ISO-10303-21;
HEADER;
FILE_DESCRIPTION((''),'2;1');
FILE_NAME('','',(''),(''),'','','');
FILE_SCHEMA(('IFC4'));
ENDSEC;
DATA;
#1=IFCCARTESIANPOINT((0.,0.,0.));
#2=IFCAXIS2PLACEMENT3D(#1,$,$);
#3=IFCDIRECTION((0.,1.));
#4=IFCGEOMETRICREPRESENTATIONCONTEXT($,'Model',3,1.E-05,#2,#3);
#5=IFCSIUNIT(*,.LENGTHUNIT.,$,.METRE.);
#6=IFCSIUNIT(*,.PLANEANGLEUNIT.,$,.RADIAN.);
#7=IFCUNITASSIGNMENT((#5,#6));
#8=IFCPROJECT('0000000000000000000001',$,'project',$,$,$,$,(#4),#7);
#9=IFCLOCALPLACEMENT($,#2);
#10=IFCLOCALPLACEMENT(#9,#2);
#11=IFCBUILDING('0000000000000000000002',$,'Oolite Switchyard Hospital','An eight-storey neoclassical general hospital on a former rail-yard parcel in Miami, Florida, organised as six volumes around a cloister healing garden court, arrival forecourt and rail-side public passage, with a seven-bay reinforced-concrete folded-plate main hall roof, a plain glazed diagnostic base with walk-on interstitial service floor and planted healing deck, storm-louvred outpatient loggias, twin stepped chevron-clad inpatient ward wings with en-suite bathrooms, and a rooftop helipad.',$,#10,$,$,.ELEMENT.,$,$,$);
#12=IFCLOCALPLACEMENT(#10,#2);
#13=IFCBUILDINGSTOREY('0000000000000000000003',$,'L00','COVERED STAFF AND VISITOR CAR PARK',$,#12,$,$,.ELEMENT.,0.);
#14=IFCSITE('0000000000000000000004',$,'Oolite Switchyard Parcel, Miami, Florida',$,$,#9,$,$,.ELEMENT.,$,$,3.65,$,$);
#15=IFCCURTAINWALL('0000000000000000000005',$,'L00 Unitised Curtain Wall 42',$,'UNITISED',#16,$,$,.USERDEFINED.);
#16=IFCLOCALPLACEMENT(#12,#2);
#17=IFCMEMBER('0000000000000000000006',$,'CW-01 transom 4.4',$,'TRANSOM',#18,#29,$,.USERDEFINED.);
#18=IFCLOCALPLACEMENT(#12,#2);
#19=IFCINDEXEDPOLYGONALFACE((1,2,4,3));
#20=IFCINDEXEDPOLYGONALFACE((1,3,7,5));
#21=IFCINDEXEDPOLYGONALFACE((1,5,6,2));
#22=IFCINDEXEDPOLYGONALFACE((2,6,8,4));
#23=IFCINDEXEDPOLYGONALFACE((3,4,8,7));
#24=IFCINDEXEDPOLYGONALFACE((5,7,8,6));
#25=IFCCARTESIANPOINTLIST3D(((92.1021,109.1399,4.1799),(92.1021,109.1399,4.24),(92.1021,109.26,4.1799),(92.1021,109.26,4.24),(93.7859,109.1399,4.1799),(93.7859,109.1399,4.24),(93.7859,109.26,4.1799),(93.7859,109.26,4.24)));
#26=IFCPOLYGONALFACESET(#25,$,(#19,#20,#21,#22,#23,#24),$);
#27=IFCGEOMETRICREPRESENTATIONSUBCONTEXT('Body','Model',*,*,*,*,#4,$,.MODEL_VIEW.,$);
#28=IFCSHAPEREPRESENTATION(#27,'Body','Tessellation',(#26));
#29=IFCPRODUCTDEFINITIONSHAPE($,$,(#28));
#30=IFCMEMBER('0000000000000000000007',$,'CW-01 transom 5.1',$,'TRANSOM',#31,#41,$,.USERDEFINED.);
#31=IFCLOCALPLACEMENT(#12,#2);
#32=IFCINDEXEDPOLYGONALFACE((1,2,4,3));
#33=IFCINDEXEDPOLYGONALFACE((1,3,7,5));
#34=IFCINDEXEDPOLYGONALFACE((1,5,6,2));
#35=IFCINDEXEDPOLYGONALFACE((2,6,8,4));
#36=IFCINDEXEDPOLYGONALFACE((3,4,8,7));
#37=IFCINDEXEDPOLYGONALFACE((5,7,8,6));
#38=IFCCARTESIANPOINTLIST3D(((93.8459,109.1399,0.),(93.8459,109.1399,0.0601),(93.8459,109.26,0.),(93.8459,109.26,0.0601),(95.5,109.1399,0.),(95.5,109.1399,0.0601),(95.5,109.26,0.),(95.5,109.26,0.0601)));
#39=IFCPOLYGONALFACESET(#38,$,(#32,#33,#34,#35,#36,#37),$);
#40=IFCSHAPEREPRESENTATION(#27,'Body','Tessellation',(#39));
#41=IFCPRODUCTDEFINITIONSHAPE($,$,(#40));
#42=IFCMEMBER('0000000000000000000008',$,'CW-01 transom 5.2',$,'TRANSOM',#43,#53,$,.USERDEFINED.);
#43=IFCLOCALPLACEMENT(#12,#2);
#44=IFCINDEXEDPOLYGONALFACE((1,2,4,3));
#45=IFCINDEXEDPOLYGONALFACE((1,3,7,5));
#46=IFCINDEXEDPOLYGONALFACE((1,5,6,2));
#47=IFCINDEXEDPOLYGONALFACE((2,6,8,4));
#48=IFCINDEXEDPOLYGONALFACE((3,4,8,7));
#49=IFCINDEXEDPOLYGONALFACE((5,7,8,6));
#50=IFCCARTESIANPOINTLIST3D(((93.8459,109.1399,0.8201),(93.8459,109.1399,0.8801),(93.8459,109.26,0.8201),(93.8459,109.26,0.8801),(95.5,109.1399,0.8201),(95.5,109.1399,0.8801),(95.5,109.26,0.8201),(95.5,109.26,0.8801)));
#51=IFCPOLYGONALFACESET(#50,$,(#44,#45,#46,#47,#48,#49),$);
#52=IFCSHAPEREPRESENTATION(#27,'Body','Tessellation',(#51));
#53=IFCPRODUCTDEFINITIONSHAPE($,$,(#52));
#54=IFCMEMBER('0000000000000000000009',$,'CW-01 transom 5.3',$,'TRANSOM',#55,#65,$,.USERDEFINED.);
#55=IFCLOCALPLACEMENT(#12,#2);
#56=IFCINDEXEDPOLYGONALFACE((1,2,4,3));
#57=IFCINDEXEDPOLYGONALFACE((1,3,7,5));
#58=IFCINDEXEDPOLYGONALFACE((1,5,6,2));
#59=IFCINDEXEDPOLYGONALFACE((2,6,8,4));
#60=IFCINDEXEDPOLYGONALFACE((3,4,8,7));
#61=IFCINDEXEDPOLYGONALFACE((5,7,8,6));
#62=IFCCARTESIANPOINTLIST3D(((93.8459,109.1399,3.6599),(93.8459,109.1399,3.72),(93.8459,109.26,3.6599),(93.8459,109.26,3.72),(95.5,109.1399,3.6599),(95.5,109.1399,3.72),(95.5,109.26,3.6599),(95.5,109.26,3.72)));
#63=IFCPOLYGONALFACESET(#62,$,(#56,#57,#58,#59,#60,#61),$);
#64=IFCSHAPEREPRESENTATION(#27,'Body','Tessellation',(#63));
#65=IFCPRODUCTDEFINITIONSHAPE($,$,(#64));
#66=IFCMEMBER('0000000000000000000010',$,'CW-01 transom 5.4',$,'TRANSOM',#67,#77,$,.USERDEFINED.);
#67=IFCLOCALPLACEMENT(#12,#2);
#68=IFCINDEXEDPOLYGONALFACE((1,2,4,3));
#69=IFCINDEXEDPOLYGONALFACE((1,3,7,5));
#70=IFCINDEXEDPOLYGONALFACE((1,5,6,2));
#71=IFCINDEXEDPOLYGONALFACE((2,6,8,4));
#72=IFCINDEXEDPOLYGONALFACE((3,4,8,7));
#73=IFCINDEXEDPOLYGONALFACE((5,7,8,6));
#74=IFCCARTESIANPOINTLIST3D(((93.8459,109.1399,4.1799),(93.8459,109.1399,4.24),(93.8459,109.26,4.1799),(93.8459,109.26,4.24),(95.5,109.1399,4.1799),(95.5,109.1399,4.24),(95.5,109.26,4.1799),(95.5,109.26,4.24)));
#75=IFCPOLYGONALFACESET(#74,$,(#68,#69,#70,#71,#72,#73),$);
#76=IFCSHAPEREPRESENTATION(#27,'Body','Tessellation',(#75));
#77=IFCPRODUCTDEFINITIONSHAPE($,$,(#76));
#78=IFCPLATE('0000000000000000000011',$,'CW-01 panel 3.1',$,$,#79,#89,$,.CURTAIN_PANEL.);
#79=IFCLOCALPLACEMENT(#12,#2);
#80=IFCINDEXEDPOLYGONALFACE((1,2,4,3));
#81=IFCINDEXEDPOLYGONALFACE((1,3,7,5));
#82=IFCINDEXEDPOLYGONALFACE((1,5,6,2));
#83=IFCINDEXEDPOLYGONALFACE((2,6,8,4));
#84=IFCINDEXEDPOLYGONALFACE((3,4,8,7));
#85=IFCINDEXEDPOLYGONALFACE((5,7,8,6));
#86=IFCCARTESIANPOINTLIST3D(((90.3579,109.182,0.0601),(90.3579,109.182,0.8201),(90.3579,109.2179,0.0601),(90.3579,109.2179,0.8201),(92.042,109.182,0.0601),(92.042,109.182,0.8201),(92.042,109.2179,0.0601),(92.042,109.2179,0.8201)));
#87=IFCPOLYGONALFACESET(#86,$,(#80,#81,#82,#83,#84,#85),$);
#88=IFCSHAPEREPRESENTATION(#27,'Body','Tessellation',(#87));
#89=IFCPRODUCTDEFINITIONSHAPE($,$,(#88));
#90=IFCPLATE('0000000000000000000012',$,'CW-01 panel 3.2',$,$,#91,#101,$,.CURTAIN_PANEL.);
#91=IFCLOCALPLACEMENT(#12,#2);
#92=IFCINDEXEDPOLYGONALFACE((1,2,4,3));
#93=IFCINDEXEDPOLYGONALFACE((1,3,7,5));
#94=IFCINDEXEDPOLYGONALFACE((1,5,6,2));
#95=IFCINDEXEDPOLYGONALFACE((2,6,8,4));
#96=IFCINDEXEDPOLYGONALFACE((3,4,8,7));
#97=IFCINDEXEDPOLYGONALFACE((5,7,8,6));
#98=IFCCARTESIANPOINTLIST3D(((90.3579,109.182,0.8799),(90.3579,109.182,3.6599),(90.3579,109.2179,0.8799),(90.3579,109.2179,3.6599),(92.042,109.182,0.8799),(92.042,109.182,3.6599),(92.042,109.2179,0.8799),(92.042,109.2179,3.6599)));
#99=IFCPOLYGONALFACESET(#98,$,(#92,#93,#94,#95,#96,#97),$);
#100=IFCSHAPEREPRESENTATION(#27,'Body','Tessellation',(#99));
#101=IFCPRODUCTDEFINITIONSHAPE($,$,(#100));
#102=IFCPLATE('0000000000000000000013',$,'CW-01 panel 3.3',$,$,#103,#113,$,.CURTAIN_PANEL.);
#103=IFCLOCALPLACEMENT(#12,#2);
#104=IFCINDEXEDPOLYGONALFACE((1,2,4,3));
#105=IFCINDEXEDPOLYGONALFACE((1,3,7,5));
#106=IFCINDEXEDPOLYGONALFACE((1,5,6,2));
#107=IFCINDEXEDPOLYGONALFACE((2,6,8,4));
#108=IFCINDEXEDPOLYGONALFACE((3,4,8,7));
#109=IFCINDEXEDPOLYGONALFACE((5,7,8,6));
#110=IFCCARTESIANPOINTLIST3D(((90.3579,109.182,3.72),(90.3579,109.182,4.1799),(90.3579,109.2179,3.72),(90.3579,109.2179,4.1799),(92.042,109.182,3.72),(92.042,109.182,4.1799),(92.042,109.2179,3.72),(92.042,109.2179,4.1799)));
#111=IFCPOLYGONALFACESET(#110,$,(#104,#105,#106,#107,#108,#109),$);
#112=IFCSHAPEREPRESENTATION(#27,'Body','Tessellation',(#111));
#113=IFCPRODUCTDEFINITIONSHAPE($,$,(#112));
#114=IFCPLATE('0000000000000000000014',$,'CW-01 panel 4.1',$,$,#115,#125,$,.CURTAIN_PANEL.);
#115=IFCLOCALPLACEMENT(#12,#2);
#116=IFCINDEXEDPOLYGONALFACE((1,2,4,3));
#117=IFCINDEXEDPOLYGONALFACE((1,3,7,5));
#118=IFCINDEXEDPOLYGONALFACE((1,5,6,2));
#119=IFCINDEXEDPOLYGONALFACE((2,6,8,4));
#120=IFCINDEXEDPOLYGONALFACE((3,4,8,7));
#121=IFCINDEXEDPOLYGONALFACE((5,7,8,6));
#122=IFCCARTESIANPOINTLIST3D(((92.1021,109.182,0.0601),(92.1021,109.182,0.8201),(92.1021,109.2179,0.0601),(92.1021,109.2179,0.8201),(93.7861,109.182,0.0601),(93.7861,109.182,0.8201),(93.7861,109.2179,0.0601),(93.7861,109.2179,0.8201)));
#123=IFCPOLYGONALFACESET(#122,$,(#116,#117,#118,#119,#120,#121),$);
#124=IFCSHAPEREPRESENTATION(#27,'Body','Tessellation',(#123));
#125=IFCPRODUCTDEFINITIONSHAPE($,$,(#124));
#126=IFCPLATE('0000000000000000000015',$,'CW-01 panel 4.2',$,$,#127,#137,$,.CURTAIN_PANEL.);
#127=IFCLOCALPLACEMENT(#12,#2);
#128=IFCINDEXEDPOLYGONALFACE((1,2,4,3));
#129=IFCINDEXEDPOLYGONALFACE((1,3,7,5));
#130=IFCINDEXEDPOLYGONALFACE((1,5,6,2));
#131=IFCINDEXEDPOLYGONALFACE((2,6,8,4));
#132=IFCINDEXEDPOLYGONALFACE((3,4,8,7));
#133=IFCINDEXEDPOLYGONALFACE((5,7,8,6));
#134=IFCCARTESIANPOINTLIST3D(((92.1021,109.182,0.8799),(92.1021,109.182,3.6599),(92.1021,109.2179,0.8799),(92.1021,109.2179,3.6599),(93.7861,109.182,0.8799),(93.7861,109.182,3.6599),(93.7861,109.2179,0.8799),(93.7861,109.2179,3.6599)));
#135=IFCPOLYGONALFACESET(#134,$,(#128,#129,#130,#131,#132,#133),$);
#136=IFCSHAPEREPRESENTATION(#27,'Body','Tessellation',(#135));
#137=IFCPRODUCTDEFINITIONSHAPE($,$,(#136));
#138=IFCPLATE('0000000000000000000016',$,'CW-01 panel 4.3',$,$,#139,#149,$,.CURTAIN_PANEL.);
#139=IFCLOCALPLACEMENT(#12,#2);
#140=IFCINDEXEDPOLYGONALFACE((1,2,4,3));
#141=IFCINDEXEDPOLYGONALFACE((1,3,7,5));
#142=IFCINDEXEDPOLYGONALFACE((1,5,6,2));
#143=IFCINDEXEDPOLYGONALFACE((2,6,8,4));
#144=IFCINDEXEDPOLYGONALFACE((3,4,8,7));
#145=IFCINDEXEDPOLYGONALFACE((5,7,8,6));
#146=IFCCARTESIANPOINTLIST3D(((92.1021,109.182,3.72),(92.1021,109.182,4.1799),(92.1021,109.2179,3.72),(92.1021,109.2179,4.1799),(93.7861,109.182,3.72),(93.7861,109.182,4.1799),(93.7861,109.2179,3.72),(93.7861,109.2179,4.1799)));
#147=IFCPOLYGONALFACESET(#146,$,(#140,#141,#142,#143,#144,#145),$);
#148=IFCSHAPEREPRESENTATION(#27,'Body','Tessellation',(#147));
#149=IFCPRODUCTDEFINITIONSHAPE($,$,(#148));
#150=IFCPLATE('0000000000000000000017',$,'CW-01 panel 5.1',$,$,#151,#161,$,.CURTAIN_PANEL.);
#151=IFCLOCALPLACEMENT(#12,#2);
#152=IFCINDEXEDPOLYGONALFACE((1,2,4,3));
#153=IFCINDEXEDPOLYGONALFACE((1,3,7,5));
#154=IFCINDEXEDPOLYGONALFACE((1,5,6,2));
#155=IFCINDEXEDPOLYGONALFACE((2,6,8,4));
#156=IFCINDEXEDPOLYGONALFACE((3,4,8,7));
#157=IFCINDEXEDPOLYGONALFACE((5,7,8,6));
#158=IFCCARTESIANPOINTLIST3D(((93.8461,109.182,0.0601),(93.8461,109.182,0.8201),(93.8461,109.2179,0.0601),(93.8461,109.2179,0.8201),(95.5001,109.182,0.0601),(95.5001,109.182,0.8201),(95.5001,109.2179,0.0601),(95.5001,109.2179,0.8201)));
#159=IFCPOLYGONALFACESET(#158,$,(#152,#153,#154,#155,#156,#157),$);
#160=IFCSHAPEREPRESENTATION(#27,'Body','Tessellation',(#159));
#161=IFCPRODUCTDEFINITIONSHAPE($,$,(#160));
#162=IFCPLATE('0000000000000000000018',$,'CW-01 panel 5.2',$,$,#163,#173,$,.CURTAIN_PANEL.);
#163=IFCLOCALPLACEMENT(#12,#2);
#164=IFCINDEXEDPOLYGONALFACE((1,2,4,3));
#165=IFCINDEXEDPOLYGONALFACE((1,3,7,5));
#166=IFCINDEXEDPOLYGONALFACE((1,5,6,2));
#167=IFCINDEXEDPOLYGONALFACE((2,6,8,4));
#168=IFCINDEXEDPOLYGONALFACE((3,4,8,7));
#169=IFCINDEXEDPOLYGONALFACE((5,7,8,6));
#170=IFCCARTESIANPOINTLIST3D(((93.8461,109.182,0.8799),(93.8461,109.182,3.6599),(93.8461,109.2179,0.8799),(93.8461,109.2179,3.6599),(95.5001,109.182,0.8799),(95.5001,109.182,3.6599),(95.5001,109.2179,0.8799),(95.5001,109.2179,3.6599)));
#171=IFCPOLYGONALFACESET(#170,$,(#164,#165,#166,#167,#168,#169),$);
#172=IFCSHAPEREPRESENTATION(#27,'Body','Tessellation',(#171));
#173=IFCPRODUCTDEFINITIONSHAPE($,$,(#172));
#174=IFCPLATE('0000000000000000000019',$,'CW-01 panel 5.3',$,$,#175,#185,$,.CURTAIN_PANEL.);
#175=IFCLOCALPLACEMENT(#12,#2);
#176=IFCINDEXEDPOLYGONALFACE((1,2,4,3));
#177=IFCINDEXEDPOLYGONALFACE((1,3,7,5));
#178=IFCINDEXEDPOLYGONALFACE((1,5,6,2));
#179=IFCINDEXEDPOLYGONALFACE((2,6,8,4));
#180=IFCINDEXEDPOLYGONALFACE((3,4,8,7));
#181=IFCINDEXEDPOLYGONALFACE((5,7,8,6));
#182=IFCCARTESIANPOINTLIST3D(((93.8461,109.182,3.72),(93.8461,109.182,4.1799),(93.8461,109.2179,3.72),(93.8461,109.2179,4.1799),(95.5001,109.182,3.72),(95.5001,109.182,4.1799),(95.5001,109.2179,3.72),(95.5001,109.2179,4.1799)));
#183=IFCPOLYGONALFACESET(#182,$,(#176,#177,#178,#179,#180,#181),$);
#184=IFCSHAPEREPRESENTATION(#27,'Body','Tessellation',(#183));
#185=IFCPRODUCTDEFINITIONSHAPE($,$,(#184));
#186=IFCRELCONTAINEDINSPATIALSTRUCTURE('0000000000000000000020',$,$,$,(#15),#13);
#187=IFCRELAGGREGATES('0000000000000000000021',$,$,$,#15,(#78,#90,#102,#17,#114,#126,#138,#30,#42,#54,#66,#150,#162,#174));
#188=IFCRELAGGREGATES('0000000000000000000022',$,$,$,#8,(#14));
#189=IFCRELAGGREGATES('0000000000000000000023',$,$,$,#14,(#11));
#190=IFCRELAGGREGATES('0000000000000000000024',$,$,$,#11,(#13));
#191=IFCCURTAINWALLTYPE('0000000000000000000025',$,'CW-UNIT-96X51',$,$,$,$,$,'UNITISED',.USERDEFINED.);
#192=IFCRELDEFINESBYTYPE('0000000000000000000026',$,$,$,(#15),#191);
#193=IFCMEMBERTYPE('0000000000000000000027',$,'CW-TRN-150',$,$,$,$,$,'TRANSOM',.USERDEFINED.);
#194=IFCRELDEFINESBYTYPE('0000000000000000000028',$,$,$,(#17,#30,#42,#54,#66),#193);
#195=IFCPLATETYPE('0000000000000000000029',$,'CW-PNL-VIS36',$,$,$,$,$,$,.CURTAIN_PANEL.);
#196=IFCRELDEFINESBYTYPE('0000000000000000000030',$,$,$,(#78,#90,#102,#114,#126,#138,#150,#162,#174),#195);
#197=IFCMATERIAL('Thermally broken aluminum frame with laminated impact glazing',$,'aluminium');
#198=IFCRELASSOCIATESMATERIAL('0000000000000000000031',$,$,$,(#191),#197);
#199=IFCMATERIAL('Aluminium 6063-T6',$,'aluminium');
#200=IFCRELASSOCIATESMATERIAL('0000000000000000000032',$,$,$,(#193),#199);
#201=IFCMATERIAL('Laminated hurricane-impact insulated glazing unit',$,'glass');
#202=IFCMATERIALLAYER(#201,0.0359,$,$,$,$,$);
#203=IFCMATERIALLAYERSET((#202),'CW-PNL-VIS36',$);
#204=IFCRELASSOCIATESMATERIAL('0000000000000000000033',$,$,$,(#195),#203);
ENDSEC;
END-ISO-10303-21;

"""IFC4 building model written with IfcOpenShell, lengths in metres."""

from ifc_helpers import new_model, si_unit, direction, frame, origin, origin_2d, place, context, subcontext, project, spatial, rectangle, extrude, material, layer, layer_set, material_profile, profile_set, type_object, element, aggregate, save


model = new_model("IFC4")

# Units and contexts
model_context = context("Model", 3, precision=1e-05, world=origin(), true_north=direction((0.0, 1.0)))
body_context = subcontext(model_context, "Body", "Model", "MODEL_VIEW")
ifc_project = project(units=[si_unit("LENGTHUNIT", "METRE"), si_unit("PLANEANGLEUNIT", "RADIAN")], contexts=[model_context])

# Site, building, storey
site_placement = place(None, origin())
site = spatial("IfcSite", under=ifc_project, at=site_placement, Name="Oolite Switchyard Parcel, Miami, Florida", CompositionType="ELEMENT", RefElevation=3.65)
building_placement = place(site_placement, origin())
building = spatial("IfcBuilding", under=site, at=building_placement, Name="Oolite Switchyard Hospital", Description="An eight-storey neoclassical general hospital on a former rail-yard parcel in Miami, Florida, organised as six volumes around a cloister healing garden court, arrival forecourt and rail-side public passage, with a seven-bay reinforced-concrete folded-plate main hall roof, a plain glazed diagnostic base with walk-on interstitial service floor and planted healing deck, storm-louvred outpatient loggias, twin stepped chevron-clad inpatient ward wings with en-suite bathrooms, and a rooftop helipad.", CompositionType="ELEMENT")
storey_placement = place(building_placement, origin())
storey = spatial("IfcBuildingStorey", under=building, at=storey_placement, Name="L00", Description="COVERED STAFF AND VISITOR CAR PARK", CompositionType="ELEMENT", Elevation=0.0)

# Curtain wall, members, plates
ifc_material_1 = material(Name="Thermally broken aluminum frame with laminated impact glazing", Category="aluminium")
curtain_wall_type = type_object("IfcCurtainWallType", Name="CW-UNIT-96X51", ElementType="UNITISED", PredefinedType="USERDEFINED", material=ifc_material_1)
curtain_wall_placement = place(storey_placement, origin())
curtain_wall = element("IfcCurtainWall", 1, at=curtain_wall_placement, inside=storey, type_object=curtain_wall_type, Name="L00 Unitised Curtain Wall 42", ObjectType="UNITISED", PredefinedType="USERDEFINED")
ifc_material_2 = material(Name="Aluminium 6063-T6", Category="aluminium")
ifc_material_profile_1 = material_profile(ifc_material_2, rectangle(XDim=0.1201, YDim=0.0601, at=origin_2d()), Name="CWT60X120")
ifc_profile_set_1 = profile_set([ifc_material_profile_1], Name="Aluminium 6063-T6")
member_type_1 = type_object("IfcMemberType", Name="CW-TRN-150", ElementType="TRANSOM", PredefinedType="USERDEFINED", material=ifc_profile_set_1)
member_1_placement = place(storey_placement, frame((92.1021, 109.2, 4.21), z_axis=(1.0, 0.0, 0.0), x_axis=(0.0, 1.0, 0.0)))
member_1 = element("IfcMember", 2, at=member_1_placement, type_object=member_type_1, Name="CW-01 transom 4.4", ObjectType="TRANSOM", PredefinedType="USERDEFINED", context=body_context, shape_type="SweptSolid", body=[
    extrude(rectangle(XDim=0.1201, YDim=0.0601, at=origin_2d()), origin(), (0.0, 0.0, 1.0), 1.6838),
])
member_2_placement = place(storey_placement, frame((93.8459, 109.2, 0.03), z_axis=(1.0, 0.0, 0.0), x_axis=(0.0, 1.0, 0.0)))
member_2 = element("IfcMember", 3, at=member_2_placement, type_object=member_type_1, Name="CW-01 transom 5.1", ObjectType="TRANSOM", PredefinedType="USERDEFINED", context=body_context, shape_type="SweptSolid", body=[
    extrude(rectangle(XDim=0.1201, YDim=0.0601, at=origin_2d()), origin(), (0.0, 0.0, 1.0), 1.6541),
])
member_3_placement = place(storey_placement, frame((93.8459, 109.2, 0.8501), z_axis=(1.0, 0.0, 0.0), x_axis=(0.0, 1.0, 0.0)))
member_3 = element("IfcMember", 4, at=member_3_placement, type_object=member_type_1, Name="CW-01 transom 5.2", ObjectType="TRANSOM", PredefinedType="USERDEFINED", context=body_context, shape_type="SweptSolid", body=[
    extrude(rectangle(XDim=0.1201, YDim=0.0601, at=origin_2d()), origin(), (0.0, 0.0, 1.0), 1.6541),
])
member_4_placement = place(storey_placement, frame((93.8459, 109.2, 3.6899), z_axis=(1.0, 0.0, 0.0), x_axis=(0.0, 1.0, 0.0)))
member_4 = element("IfcMember", 5, at=member_4_placement, type_object=member_type_1, Name="CW-01 transom 5.3", ObjectType="TRANSOM", PredefinedType="USERDEFINED", context=body_context, shape_type="SweptSolid", body=[
    extrude(rectangle(XDim=0.1201, YDim=0.0601, at=origin_2d()), origin(), (0.0, 0.0, 1.0), 1.6541),
])
member_5_placement = place(storey_placement, frame((93.8459, 109.2, 4.21), z_axis=(1.0, 0.0, 0.0), x_axis=(0.0, 1.0, 0.0)))
member_5 = element("IfcMember", 6, at=member_5_placement, type_object=member_type_1, Name="CW-01 transom 5.4", ObjectType="TRANSOM", PredefinedType="USERDEFINED", context=body_context, shape_type="SweptSolid", body=[
    extrude(rectangle(XDim=0.1201, YDim=0.0601, at=origin_2d()), origin(), (0.0, 0.0, 1.0), 1.6541),
])
ifc_material_3 = material(Name="Laminated hurricane-impact insulated glazing unit", Category="glass")
ifc_layer = layer(ifc_material_3, 0.0359)
ifc_layer_set = layer_set([ifc_layer], Name="CW-PNL-VIS36")
plate_type = type_object("IfcPlateType", Name="CW-PNL-VIS36", PredefinedType="CURTAIN_PANEL", material=ifc_layer_set)
plate_1_placement = place(storey_placement, frame((91.2, 109.2, 0.0601), z_axis=(0.0, 0.0, 1.0), x_axis=(1.0, 0.0, 0.0)))
plate_1 = element("IfcPlate", 7, at=plate_1_placement, type_object=plate_type, Name="CW-01 panel 3.1", PredefinedType="CURTAIN_PANEL", context=body_context, shape_type="SweptSolid", body=[
    extrude(rectangle(XDim=1.6841, YDim=0.0359, at=origin_2d()), origin(), (0.0, 0.0, 1.0), 0.76),
])
plate_2_placement = place(storey_placement, frame((91.2, 109.2, 0.8799), z_axis=(0.0, 0.0, 1.0), x_axis=(1.0, 0.0, 0.0)))
plate_2 = element("IfcPlate", 8, at=plate_2_placement, type_object=plate_type, Name="CW-01 panel 3.2", PredefinedType="CURTAIN_PANEL", context=body_context, shape_type="SweptSolid", body=[
    extrude(rectangle(XDim=1.6841, YDim=0.0359, at=origin_2d()), origin(), (0.0, 0.0, 1.0), 2.78),
])
plate_3_placement = place(storey_placement, frame((91.2, 109.2, 3.72), z_axis=(0.0, 0.0, 1.0), x_axis=(1.0, 0.0, 0.0)))
plate_3 = element("IfcPlate", 9, at=plate_3_placement, type_object=plate_type, Name="CW-01 panel 3.3", PredefinedType="CURTAIN_PANEL", context=body_context, shape_type="SweptSolid", body=[
    extrude(rectangle(XDim=1.6841, YDim=0.0359, at=origin_2d()), origin(), (0.0, 0.0, 1.0), 0.46),
])
plate_4_placement = place(storey_placement, frame((92.9441, 109.2, 0.0601), z_axis=(0.0, 0.0, 1.0), x_axis=(1.0, 0.0, 0.0)))
plate_4 = element("IfcPlate", 10, at=plate_4_placement, type_object=plate_type, Name="CW-01 panel 4.1", PredefinedType="CURTAIN_PANEL", context=body_context, shape_type="SweptSolid", body=[
    extrude(rectangle(XDim=1.6841, YDim=0.0359, at=origin_2d()), origin(), (0.0, 0.0, 1.0), 0.76),
])
plate_5_placement = place(storey_placement, frame((92.9441, 109.2, 0.8799), z_axis=(0.0, 0.0, 1.0), x_axis=(1.0, 0.0, 0.0)))
plate_5 = element("IfcPlate", 11, at=plate_5_placement, type_object=plate_type, Name="CW-01 panel 4.2", PredefinedType="CURTAIN_PANEL", context=body_context, shape_type="SweptSolid", body=[
    extrude(rectangle(XDim=1.6841, YDim=0.0359, at=origin_2d()), origin(), (0.0, 0.0, 1.0), 2.78),
])
plate_6_placement = place(storey_placement, frame((92.9441, 109.2, 3.72), z_axis=(0.0, 0.0, 1.0), x_axis=(1.0, 0.0, 0.0)))
plate_6 = element("IfcPlate", 12, at=plate_6_placement, type_object=plate_type, Name="CW-01 panel 4.3", PredefinedType="CURTAIN_PANEL", context=body_context, shape_type="SweptSolid", body=[
    extrude(rectangle(XDim=1.6841, YDim=0.0359, at=origin_2d()), origin(), (0.0, 0.0, 1.0), 0.46),
])
plate_7_placement = place(storey_placement, frame((94.6731, 109.2, 0.0601), z_axis=(0.0, 0.0, 1.0), x_axis=(1.0, 0.0, 0.0)))
plate_7 = element("IfcPlate", 13, at=plate_7_placement, type_object=plate_type, Name="CW-01 panel 5.1", PredefinedType="CURTAIN_PANEL", context=body_context, shape_type="SweptSolid", body=[
    extrude(rectangle(XDim=1.6541, YDim=0.0359, at=origin_2d()), origin(), (0.0, 0.0, 1.0), 0.76),
])
plate_8_placement = place(storey_placement, frame((94.6731, 109.2, 0.8799), z_axis=(0.0, 0.0, 1.0), x_axis=(1.0, 0.0, 0.0)))
plate_8 = element("IfcPlate", 14, at=plate_8_placement, type_object=plate_type, Name="CW-01 panel 5.2", PredefinedType="CURTAIN_PANEL", context=body_context, shape_type="SweptSolid", body=[
    extrude(rectangle(XDim=1.6541, YDim=0.0359, at=origin_2d()), origin(), (0.0, 0.0, 1.0), 2.78),
])
plate_9_placement = place(storey_placement, frame((94.6731, 109.2, 3.72), z_axis=(0.0, 0.0, 1.0), x_axis=(1.0, 0.0, 0.0)))
plate_9 = element("IfcPlate", 15, at=plate_9_placement, type_object=plate_type, Name="CW-01 panel 5.3", PredefinedType="CURTAIN_PANEL", context=body_context, shape_type="SweptSolid", body=[
    extrude(rectangle(XDim=1.6541, YDim=0.0359, at=origin_2d()), origin(), (0.0, 0.0, 1.0), 0.46),
])
aggregate(curtain_wall, [plate_1, plate_2, plate_3, member_1, plate_4, plate_5, plate_6, member_2, member_3, member_4, member_5, plate_7, plate_8, plate_9])

save(model, "model.ifc")
